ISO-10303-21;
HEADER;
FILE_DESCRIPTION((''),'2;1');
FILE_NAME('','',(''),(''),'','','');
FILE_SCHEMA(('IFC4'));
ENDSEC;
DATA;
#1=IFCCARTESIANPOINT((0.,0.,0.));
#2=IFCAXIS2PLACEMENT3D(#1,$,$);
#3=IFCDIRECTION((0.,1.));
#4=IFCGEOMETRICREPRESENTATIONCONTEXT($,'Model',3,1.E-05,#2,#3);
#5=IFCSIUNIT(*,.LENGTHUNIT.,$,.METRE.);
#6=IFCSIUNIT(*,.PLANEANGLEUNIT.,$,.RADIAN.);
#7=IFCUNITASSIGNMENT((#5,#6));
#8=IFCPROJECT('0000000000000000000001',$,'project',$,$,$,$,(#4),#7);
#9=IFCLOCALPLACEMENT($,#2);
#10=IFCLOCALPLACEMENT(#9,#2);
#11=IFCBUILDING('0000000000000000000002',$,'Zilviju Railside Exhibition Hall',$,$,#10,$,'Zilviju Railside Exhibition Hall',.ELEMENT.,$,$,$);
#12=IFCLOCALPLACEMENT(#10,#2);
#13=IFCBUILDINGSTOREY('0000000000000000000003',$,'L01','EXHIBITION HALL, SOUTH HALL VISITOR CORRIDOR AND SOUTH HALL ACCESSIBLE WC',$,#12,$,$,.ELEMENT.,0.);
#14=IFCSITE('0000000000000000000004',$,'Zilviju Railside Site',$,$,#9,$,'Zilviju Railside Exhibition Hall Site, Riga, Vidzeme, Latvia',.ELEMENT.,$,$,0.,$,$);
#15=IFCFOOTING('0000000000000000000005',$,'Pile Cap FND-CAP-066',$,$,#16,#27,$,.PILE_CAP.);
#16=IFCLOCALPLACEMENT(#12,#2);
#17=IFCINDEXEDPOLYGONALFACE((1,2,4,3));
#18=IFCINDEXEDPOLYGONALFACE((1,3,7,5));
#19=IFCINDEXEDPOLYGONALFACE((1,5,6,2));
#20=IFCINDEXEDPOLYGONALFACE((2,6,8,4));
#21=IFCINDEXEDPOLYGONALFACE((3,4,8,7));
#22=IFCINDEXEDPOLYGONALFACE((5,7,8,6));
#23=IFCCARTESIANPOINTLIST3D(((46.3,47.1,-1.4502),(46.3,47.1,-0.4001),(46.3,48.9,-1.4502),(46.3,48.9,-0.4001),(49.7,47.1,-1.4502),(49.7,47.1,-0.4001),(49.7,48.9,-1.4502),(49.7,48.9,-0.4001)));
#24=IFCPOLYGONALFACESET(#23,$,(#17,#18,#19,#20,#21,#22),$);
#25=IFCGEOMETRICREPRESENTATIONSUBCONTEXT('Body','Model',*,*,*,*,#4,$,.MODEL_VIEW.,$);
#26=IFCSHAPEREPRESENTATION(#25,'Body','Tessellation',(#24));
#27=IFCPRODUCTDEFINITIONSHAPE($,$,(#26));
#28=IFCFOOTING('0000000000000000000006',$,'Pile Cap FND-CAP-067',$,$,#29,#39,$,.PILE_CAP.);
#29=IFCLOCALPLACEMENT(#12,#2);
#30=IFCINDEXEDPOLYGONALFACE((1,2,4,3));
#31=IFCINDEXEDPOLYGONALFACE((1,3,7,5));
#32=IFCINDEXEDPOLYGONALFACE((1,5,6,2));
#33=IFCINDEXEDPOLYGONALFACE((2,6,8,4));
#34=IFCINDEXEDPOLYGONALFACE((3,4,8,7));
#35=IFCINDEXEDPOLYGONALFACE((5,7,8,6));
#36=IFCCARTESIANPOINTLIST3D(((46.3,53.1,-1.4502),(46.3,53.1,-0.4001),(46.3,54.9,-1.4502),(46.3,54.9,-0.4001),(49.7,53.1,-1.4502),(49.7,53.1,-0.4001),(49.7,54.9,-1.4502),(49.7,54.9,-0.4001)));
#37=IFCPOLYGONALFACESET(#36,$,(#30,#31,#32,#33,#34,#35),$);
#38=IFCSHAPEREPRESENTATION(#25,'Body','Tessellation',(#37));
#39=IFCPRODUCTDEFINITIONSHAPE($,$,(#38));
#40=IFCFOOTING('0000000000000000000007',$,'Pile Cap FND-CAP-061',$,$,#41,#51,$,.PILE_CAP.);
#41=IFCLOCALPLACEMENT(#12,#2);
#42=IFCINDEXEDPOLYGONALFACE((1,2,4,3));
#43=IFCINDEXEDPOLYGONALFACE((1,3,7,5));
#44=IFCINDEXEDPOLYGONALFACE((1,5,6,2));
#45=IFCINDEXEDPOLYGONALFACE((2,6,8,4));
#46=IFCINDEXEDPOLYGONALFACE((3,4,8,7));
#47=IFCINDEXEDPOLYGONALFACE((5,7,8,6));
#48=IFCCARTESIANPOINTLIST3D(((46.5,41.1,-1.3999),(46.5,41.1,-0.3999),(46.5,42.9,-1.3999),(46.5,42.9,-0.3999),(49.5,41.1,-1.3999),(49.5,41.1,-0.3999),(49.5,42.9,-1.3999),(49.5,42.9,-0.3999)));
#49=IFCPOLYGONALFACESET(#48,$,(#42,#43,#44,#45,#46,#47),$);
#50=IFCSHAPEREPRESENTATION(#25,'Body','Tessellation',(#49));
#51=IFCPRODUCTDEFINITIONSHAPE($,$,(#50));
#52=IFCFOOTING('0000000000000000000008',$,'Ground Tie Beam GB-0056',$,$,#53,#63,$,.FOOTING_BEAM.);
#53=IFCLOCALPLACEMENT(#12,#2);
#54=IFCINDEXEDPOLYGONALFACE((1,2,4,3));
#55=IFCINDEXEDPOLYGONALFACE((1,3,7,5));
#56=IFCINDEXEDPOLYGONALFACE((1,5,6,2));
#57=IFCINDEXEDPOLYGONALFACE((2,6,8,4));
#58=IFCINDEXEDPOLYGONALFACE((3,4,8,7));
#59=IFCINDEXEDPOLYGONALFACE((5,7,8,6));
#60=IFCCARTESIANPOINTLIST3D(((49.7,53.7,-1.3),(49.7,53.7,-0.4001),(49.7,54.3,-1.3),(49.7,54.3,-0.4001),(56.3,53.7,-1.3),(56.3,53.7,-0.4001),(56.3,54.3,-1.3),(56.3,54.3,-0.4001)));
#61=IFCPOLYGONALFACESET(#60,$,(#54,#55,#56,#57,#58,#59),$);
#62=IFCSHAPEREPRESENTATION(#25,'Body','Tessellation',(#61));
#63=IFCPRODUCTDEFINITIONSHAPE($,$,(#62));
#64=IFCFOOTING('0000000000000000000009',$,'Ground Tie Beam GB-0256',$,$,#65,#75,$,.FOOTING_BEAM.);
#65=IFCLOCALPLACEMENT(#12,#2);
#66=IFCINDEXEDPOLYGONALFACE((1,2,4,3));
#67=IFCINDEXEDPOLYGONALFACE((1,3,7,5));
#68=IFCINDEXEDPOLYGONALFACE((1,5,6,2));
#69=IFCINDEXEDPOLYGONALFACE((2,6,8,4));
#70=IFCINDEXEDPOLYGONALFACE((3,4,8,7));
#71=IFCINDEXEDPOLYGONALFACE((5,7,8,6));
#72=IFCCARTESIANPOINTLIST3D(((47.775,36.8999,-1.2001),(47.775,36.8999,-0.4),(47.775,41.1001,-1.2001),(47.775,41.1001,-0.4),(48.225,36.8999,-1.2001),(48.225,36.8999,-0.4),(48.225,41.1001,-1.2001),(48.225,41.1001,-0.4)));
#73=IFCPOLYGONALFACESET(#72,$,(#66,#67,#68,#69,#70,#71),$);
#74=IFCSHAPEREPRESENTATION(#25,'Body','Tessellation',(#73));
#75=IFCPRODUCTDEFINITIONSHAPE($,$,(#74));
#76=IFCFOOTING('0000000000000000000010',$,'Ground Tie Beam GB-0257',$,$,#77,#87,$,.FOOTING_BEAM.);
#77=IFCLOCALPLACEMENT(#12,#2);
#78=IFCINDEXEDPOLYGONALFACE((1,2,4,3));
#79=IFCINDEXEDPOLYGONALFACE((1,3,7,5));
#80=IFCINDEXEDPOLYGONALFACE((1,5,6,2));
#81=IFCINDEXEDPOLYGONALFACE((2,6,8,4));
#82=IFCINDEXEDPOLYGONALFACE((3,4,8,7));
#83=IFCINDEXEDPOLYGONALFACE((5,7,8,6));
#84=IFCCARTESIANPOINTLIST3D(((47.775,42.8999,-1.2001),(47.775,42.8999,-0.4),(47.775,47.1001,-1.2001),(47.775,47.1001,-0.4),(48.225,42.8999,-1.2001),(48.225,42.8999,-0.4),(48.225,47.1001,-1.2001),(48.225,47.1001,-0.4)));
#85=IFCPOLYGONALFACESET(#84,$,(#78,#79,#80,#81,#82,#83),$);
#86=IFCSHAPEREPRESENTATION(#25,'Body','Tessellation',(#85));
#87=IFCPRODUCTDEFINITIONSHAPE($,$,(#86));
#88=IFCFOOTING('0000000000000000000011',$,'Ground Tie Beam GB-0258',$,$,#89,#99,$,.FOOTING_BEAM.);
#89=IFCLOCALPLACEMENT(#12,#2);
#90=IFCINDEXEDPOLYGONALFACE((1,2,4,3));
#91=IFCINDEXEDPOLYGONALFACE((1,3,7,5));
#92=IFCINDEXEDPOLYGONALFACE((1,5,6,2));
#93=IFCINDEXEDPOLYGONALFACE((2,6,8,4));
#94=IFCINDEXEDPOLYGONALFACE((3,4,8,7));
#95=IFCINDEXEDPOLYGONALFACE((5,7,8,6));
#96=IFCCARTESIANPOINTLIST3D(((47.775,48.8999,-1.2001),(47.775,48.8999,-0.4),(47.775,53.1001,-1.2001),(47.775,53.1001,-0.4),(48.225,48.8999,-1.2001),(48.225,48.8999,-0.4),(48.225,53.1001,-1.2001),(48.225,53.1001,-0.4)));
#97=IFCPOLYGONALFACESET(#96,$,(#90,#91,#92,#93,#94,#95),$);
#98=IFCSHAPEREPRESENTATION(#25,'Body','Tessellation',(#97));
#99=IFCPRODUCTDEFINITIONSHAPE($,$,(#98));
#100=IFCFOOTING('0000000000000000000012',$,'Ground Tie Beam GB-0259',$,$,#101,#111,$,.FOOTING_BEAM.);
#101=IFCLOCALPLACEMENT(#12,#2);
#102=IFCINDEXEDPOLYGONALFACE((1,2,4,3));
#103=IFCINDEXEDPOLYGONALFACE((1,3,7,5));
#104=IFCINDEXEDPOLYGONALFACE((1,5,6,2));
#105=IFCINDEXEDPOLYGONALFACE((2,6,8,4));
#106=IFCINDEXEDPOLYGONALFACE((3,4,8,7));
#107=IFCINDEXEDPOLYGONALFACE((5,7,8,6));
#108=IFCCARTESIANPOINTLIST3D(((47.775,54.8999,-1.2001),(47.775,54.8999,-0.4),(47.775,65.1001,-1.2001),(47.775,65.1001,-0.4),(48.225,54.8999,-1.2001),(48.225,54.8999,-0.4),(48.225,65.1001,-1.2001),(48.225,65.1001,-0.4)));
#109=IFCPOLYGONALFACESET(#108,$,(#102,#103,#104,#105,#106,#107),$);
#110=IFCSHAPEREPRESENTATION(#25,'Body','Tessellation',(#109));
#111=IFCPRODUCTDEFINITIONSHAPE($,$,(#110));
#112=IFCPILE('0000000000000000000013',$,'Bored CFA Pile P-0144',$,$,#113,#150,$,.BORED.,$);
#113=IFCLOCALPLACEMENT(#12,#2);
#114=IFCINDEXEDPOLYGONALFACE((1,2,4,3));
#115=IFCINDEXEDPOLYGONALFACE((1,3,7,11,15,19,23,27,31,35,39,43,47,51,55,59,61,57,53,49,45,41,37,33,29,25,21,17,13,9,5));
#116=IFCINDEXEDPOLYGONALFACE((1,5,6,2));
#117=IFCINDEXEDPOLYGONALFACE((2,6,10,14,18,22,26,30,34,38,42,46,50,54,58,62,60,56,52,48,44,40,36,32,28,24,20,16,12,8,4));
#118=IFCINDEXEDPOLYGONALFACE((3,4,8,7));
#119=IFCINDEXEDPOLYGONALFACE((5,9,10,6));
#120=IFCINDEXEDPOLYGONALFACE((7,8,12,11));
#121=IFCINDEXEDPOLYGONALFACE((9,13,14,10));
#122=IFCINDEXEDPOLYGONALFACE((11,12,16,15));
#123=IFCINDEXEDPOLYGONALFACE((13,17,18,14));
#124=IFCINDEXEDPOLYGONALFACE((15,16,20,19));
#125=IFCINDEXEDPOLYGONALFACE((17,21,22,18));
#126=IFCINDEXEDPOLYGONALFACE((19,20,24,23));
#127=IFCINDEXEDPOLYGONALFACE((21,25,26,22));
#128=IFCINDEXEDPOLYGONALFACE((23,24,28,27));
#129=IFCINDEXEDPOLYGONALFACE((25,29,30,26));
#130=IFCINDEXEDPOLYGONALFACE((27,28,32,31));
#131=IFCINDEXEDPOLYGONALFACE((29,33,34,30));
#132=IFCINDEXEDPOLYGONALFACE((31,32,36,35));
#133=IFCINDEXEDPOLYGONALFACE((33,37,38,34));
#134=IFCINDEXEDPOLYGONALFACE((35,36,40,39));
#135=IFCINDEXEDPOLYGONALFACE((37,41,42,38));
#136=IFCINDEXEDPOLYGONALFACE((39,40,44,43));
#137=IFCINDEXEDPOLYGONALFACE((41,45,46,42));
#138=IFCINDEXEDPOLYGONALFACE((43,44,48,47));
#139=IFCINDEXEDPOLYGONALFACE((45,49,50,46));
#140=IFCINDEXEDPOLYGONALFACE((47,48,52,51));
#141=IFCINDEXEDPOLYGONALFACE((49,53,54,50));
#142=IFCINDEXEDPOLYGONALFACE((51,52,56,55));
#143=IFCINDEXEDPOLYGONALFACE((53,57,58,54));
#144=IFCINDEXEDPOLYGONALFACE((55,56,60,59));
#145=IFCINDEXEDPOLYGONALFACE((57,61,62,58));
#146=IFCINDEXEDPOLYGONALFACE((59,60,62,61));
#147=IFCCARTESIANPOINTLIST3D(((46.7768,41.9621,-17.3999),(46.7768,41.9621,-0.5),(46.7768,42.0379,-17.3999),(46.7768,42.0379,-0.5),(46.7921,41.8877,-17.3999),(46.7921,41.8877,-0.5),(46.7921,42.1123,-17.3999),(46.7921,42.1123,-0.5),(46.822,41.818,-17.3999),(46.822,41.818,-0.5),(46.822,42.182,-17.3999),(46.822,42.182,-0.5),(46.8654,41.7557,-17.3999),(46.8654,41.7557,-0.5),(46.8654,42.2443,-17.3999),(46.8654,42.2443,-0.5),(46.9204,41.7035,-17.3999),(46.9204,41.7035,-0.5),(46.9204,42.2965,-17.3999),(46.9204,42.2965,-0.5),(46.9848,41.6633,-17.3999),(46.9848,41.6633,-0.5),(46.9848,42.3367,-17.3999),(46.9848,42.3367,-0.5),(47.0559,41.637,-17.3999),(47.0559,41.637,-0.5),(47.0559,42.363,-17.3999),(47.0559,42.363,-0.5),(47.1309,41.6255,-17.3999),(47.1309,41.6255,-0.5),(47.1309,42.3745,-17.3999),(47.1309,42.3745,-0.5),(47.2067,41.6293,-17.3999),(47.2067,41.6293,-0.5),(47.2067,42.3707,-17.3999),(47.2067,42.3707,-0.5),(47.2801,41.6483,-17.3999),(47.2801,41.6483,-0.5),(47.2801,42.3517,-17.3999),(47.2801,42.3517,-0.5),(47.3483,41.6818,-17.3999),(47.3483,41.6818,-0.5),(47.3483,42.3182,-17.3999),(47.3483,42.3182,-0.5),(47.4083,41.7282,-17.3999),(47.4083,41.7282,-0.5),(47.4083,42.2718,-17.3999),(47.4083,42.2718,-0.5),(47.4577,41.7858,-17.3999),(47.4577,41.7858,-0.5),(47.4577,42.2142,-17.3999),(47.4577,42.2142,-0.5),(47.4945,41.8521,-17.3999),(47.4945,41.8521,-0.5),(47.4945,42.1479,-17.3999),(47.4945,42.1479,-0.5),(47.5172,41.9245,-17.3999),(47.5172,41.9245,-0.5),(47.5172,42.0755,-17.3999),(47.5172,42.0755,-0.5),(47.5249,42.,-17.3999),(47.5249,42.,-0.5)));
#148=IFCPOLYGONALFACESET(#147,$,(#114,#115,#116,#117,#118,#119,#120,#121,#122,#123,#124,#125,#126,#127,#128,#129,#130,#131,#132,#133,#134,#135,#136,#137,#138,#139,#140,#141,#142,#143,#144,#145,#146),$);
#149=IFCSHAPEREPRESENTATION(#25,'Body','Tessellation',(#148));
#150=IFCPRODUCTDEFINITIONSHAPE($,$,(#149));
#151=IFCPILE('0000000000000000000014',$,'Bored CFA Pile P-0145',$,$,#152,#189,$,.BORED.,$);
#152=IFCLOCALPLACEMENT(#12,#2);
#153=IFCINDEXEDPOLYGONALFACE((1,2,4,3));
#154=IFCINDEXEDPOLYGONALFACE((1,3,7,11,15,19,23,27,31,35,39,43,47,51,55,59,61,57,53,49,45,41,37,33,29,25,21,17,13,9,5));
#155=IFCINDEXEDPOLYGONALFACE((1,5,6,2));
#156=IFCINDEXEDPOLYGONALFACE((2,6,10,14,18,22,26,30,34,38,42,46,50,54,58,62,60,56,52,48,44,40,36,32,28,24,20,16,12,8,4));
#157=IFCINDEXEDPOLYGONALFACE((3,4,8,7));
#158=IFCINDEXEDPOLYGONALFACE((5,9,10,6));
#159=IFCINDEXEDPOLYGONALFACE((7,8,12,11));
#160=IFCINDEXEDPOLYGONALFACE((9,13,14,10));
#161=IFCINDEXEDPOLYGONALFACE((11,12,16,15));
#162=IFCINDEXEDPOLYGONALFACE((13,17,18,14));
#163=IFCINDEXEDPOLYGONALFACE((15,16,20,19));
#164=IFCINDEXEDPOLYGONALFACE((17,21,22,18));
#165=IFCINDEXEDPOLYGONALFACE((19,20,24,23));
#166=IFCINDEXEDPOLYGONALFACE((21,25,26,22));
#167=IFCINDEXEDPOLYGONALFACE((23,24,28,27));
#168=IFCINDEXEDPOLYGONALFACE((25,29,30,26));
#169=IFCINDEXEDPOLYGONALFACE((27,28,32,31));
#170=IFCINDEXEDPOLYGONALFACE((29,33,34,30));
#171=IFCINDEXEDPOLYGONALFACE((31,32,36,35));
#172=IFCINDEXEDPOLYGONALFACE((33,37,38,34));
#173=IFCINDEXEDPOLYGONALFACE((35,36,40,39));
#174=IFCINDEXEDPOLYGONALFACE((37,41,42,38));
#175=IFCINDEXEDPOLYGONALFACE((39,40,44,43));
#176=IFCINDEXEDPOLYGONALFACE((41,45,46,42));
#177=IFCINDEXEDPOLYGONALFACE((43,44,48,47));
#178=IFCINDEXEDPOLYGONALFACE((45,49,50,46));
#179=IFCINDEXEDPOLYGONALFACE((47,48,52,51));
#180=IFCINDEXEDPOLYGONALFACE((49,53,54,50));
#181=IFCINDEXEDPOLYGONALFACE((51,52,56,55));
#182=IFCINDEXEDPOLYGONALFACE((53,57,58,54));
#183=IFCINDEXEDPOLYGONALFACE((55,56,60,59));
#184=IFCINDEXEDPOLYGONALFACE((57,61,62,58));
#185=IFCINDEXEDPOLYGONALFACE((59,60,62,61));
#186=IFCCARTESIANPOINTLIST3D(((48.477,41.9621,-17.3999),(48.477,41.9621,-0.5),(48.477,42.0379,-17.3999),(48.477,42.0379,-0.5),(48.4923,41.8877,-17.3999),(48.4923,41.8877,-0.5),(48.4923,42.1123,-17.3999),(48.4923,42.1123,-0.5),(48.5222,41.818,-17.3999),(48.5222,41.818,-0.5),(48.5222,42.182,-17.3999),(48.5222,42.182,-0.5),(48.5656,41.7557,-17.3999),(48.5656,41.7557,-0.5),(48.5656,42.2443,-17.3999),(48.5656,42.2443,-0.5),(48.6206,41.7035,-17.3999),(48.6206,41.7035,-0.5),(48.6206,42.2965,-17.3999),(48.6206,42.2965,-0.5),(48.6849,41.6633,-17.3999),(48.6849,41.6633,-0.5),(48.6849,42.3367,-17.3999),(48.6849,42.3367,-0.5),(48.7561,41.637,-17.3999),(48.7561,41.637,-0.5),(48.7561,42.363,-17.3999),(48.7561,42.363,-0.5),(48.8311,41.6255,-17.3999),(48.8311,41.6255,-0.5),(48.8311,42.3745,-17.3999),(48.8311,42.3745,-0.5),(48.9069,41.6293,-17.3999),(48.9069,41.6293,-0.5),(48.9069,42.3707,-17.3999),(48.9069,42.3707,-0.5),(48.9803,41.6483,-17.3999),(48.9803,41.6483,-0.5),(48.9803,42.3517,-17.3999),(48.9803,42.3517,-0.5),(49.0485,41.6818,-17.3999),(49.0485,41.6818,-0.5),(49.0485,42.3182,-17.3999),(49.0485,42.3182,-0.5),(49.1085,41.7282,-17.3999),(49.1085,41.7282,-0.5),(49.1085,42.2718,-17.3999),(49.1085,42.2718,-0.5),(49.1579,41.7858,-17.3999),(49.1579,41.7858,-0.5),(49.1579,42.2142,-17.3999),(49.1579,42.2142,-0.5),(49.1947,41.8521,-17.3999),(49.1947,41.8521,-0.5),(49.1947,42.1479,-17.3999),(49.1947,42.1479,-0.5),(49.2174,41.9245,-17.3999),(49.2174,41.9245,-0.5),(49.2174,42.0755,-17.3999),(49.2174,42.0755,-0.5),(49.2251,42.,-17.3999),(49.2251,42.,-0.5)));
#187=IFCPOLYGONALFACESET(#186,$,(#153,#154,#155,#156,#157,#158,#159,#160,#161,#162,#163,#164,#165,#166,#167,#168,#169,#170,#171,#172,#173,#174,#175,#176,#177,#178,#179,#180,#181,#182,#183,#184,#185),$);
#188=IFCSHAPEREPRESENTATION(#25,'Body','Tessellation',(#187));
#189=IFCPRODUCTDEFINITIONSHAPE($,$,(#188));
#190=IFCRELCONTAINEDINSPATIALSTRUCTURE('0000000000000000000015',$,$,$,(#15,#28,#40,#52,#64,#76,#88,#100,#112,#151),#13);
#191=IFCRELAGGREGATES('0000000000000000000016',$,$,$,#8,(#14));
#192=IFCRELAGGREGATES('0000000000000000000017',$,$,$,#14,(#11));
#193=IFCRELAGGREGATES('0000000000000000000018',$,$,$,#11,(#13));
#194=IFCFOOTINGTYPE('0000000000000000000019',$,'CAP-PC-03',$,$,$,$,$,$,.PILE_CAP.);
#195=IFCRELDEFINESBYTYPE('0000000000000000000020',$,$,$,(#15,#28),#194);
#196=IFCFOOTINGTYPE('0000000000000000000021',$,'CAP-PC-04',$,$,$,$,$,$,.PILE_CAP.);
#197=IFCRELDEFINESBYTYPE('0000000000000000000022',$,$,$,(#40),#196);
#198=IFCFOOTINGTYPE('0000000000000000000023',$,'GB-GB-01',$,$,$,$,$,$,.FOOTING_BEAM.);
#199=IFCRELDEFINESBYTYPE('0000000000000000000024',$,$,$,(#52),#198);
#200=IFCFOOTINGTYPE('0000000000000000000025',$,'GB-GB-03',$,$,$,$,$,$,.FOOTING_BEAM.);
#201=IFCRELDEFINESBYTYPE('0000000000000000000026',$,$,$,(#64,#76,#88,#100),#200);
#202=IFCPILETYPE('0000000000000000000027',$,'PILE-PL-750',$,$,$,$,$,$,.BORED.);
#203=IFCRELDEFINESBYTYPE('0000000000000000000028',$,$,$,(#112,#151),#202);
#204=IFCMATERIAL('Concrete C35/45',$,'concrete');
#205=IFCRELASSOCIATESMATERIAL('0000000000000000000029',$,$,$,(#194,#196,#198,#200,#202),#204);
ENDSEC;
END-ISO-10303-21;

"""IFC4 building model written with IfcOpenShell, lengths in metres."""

from ifc_helpers import new_model, si_unit, direction, frame, origin, origin_2d, place, context, subcontext, project, spatial, rectangle, circle, extrude, material, material_profile, profile_set, type_object, element, save


model = new_model("IFC4")

# Units and contexts
model_context = context("Model", 3, precision=1e-05, world=origin(), true_north=direction((0.0, 1.0)))
body_context = subcontext(model_context, "Body", "Model", "MODEL_VIEW")
ifc_project = project(units=[si_unit("LENGTHUNIT", "METRE"), si_unit("PLANEANGLEUNIT", "RADIAN")], contexts=[model_context])

# Site, building, storey
site_placement = place(None, origin())
site = spatial("IfcSite", under=ifc_project, at=site_placement, Name="Zilviju Railside Site", LongName="Zilviju Railside Exhibition Hall Site, Riga, Vidzeme, Latvia", CompositionType="ELEMENT", RefElevation=0.0)
building_placement = place(site_placement, origin())
building = spatial("IfcBuilding", under=site, at=building_placement, Name="Zilviju Railside Exhibition Hall", LongName="Zilviju Railside Exhibition Hall", CompositionType="ELEMENT")
storey_placement = place(building_placement, origin())
storey = spatial("IfcBuildingStorey", under=building, at=storey_placement, Name="L01", Description="EXHIBITION HALL, SOUTH HALL VISITOR CORRIDOR AND SOUTH HALL ACCESSIBLE WC", CompositionType="ELEMENT", Elevation=0.0)

# Footings
ifc_material_1 = material(Name="Concrete C35/45", Category="concrete")
footing_type_1 = type_object("IfcFootingType", Name="CAP-PC-03", PredefinedType="PILE_CAP", material=ifc_material_1)
for number, where, z_axis, x_axis, name in (
    (1, (48.0, 48.0, -1.4502), (0.0, 0.0, 1.0), (1.0, 0.0, 0.0), "Pile Cap FND-CAP-066"),
    (2, (48.0, 54.0, -1.4502), (0.0, 0.0, 1.0), (1.0, 0.0, 0.0), "Pile Cap FND-CAP-067"),
):
    element("IfcFooting", number, at=place(storey_placement, frame(where, z_axis=z_axis, x_axis=x_axis)), inside=storey, type_object=footing_type_1, Name=name, PredefinedType="PILE_CAP", context=body_context, shape_type="SweptSolid", body=[
        extrude(rectangle(XDim=3.3999, YDim=1.8, at=origin_2d()), origin(), (0.0, 0.0, 1.0), 1.05),
    ])
footing_type_2 = type_object("IfcFootingType", Name="CAP-PC-04", PredefinedType="PILE_CAP", material=ifc_material_1)
footing_1_placement = place(storey_placement, frame((48.0, 42.0, -1.3999), z_axis=(0.0, 0.0, 1.0), x_axis=(1.0, 0.0, 0.0)))
element("IfcFooting", 3, at=footing_1_placement, inside=storey, type_object=footing_type_2, Name="Pile Cap FND-CAP-061", PredefinedType="PILE_CAP", context=body_context, shape_type="SweptSolid", body=[
    extrude(rectangle(XDim=3.0, YDim=1.8, at=origin_2d()), origin(), (0.0, 0.0, 1.0), 1.0),
])
ifc_material_profile_1 = material_profile(ifc_material_1, rectangle(XDim=0.6001, YDim=0.8999, at=origin_2d()), Name="TIE BEAM 600x900")
ifc_profile_set_1 = profile_set([ifc_material_profile_1], Name="Concrete C35/45")
footing_type_3 = type_object("IfcFootingType", Name="GB-GB-01", PredefinedType="FOOTING_BEAM", material=ifc_profile_set_1)
footing_2_placement = place(storey_placement, frame((49.7, 54.0, -0.8501), z_axis=(1.0, 0.0, 0.0), x_axis=(0.0, 1.0, 0.0)))
element("IfcFooting", 4, at=footing_2_placement, inside=storey, type_object=footing_type_3, Name="Ground Tie Beam GB-0056", PredefinedType="FOOTING_BEAM", context=body_context, shape_type="SweptSolid", body=[
    extrude(rectangle(XDim=0.6001, YDim=0.8999, at=origin_2d()), origin(), (0.0, 0.0, 1.0), 6.6001),
])
ifc_material_profile_2 = material_profile(ifc_material_1, rectangle(XDim=0.45, YDim=0.8, at=origin_2d()), Name="TIE BEAM 450x800")
ifc_profile_set_2 = profile_set([ifc_material_profile_2], Name="Concrete C35/45")
footing_type_4 = type_object("IfcFootingType", Name="GB-GB-03", PredefinedType="FOOTING_BEAM", material=ifc_profile_set_2)
for number, where, z_axis, x_axis, name in (
    (5, (48.0, 36.8999, -0.8), (0.0, 1.0, 0.0), (-1.0, 0.0, 0.0), "Ground Tie Beam GB-0256"),
    (6, (48.0, 42.8999, -0.8), (0.0, 1.0, 0.0), (-1.0, 0.0, 0.0), "Ground Tie Beam GB-0257"),
    (7, (48.0, 48.8999, -0.8), (0.0, 1.0, 0.0), (-1.0, 0.0, 0.0), "Ground Tie Beam GB-0258"),
):
    element("IfcFooting", number, at=place(storey_placement, frame(where, z_axis=z_axis, x_axis=x_axis)), inside=storey, type_object=footing_type_4, Name=name, PredefinedType="FOOTING_BEAM", context=body_context, shape_type="SweptSolid", body=[
        extrude(rectangle(XDim=0.45, YDim=0.8, at=origin_2d()), origin(), (0.0, 0.0, 1.0), 4.2002),
    ])
footing_3_placement = place(storey_placement, frame((48.0, 54.8999, -0.8), z_axis=(0.0, 1.0, 0.0), x_axis=(-1.0, 0.0, 0.0)))
element("IfcFooting", 8, at=footing_3_placement, inside=storey, type_object=footing_type_4, Name="Ground Tie Beam GB-0259", PredefinedType="FOOTING_BEAM", context=body_context, shape_type="SweptSolid", body=[
    extrude(rectangle(XDim=0.45, YDim=0.8, at=origin_2d()), origin(), (0.0, 0.0, 1.0), 10.2002),
])

# Piles
ifc_material_profile_3 = material_profile(ifc_material_1, circle(Radius=0.375, at=origin_2d()), Name="CFA PILE D750")
ifc_profile_set_3 = profile_set([ifc_material_profile_3], Name="Concrete C35/45")
pile_type = type_object("IfcPileType", Name="PILE-PL-750", PredefinedType="BORED", material=ifc_profile_set_3)
for number, where, z_axis, x_axis, name in (
    (9, (47.1499, 42.0, -0.5), (0.0, 0.0, -1.0), (1.0, 0.0, 0.0), "Bored CFA Pile P-0144"),
    (10, (48.8501, 42.0, -0.5), (0.0, 0.0, -1.0), (1.0, 0.0, 0.0), "Bored CFA Pile P-0145"),
):
    element("IfcPile", number, at=place(storey_placement, frame(where, z_axis=z_axis, x_axis=x_axis)), inside=storey, type_object=pile_type, Name=name, PredefinedType="BORED", context=body_context, shape_type="SweptSolid", body=[
        extrude(circle(Radius=0.375, at=origin_2d()), origin(), (0.0, 0.0, 1.0), 16.8999),
    ])

save(model, "model.ifc")
